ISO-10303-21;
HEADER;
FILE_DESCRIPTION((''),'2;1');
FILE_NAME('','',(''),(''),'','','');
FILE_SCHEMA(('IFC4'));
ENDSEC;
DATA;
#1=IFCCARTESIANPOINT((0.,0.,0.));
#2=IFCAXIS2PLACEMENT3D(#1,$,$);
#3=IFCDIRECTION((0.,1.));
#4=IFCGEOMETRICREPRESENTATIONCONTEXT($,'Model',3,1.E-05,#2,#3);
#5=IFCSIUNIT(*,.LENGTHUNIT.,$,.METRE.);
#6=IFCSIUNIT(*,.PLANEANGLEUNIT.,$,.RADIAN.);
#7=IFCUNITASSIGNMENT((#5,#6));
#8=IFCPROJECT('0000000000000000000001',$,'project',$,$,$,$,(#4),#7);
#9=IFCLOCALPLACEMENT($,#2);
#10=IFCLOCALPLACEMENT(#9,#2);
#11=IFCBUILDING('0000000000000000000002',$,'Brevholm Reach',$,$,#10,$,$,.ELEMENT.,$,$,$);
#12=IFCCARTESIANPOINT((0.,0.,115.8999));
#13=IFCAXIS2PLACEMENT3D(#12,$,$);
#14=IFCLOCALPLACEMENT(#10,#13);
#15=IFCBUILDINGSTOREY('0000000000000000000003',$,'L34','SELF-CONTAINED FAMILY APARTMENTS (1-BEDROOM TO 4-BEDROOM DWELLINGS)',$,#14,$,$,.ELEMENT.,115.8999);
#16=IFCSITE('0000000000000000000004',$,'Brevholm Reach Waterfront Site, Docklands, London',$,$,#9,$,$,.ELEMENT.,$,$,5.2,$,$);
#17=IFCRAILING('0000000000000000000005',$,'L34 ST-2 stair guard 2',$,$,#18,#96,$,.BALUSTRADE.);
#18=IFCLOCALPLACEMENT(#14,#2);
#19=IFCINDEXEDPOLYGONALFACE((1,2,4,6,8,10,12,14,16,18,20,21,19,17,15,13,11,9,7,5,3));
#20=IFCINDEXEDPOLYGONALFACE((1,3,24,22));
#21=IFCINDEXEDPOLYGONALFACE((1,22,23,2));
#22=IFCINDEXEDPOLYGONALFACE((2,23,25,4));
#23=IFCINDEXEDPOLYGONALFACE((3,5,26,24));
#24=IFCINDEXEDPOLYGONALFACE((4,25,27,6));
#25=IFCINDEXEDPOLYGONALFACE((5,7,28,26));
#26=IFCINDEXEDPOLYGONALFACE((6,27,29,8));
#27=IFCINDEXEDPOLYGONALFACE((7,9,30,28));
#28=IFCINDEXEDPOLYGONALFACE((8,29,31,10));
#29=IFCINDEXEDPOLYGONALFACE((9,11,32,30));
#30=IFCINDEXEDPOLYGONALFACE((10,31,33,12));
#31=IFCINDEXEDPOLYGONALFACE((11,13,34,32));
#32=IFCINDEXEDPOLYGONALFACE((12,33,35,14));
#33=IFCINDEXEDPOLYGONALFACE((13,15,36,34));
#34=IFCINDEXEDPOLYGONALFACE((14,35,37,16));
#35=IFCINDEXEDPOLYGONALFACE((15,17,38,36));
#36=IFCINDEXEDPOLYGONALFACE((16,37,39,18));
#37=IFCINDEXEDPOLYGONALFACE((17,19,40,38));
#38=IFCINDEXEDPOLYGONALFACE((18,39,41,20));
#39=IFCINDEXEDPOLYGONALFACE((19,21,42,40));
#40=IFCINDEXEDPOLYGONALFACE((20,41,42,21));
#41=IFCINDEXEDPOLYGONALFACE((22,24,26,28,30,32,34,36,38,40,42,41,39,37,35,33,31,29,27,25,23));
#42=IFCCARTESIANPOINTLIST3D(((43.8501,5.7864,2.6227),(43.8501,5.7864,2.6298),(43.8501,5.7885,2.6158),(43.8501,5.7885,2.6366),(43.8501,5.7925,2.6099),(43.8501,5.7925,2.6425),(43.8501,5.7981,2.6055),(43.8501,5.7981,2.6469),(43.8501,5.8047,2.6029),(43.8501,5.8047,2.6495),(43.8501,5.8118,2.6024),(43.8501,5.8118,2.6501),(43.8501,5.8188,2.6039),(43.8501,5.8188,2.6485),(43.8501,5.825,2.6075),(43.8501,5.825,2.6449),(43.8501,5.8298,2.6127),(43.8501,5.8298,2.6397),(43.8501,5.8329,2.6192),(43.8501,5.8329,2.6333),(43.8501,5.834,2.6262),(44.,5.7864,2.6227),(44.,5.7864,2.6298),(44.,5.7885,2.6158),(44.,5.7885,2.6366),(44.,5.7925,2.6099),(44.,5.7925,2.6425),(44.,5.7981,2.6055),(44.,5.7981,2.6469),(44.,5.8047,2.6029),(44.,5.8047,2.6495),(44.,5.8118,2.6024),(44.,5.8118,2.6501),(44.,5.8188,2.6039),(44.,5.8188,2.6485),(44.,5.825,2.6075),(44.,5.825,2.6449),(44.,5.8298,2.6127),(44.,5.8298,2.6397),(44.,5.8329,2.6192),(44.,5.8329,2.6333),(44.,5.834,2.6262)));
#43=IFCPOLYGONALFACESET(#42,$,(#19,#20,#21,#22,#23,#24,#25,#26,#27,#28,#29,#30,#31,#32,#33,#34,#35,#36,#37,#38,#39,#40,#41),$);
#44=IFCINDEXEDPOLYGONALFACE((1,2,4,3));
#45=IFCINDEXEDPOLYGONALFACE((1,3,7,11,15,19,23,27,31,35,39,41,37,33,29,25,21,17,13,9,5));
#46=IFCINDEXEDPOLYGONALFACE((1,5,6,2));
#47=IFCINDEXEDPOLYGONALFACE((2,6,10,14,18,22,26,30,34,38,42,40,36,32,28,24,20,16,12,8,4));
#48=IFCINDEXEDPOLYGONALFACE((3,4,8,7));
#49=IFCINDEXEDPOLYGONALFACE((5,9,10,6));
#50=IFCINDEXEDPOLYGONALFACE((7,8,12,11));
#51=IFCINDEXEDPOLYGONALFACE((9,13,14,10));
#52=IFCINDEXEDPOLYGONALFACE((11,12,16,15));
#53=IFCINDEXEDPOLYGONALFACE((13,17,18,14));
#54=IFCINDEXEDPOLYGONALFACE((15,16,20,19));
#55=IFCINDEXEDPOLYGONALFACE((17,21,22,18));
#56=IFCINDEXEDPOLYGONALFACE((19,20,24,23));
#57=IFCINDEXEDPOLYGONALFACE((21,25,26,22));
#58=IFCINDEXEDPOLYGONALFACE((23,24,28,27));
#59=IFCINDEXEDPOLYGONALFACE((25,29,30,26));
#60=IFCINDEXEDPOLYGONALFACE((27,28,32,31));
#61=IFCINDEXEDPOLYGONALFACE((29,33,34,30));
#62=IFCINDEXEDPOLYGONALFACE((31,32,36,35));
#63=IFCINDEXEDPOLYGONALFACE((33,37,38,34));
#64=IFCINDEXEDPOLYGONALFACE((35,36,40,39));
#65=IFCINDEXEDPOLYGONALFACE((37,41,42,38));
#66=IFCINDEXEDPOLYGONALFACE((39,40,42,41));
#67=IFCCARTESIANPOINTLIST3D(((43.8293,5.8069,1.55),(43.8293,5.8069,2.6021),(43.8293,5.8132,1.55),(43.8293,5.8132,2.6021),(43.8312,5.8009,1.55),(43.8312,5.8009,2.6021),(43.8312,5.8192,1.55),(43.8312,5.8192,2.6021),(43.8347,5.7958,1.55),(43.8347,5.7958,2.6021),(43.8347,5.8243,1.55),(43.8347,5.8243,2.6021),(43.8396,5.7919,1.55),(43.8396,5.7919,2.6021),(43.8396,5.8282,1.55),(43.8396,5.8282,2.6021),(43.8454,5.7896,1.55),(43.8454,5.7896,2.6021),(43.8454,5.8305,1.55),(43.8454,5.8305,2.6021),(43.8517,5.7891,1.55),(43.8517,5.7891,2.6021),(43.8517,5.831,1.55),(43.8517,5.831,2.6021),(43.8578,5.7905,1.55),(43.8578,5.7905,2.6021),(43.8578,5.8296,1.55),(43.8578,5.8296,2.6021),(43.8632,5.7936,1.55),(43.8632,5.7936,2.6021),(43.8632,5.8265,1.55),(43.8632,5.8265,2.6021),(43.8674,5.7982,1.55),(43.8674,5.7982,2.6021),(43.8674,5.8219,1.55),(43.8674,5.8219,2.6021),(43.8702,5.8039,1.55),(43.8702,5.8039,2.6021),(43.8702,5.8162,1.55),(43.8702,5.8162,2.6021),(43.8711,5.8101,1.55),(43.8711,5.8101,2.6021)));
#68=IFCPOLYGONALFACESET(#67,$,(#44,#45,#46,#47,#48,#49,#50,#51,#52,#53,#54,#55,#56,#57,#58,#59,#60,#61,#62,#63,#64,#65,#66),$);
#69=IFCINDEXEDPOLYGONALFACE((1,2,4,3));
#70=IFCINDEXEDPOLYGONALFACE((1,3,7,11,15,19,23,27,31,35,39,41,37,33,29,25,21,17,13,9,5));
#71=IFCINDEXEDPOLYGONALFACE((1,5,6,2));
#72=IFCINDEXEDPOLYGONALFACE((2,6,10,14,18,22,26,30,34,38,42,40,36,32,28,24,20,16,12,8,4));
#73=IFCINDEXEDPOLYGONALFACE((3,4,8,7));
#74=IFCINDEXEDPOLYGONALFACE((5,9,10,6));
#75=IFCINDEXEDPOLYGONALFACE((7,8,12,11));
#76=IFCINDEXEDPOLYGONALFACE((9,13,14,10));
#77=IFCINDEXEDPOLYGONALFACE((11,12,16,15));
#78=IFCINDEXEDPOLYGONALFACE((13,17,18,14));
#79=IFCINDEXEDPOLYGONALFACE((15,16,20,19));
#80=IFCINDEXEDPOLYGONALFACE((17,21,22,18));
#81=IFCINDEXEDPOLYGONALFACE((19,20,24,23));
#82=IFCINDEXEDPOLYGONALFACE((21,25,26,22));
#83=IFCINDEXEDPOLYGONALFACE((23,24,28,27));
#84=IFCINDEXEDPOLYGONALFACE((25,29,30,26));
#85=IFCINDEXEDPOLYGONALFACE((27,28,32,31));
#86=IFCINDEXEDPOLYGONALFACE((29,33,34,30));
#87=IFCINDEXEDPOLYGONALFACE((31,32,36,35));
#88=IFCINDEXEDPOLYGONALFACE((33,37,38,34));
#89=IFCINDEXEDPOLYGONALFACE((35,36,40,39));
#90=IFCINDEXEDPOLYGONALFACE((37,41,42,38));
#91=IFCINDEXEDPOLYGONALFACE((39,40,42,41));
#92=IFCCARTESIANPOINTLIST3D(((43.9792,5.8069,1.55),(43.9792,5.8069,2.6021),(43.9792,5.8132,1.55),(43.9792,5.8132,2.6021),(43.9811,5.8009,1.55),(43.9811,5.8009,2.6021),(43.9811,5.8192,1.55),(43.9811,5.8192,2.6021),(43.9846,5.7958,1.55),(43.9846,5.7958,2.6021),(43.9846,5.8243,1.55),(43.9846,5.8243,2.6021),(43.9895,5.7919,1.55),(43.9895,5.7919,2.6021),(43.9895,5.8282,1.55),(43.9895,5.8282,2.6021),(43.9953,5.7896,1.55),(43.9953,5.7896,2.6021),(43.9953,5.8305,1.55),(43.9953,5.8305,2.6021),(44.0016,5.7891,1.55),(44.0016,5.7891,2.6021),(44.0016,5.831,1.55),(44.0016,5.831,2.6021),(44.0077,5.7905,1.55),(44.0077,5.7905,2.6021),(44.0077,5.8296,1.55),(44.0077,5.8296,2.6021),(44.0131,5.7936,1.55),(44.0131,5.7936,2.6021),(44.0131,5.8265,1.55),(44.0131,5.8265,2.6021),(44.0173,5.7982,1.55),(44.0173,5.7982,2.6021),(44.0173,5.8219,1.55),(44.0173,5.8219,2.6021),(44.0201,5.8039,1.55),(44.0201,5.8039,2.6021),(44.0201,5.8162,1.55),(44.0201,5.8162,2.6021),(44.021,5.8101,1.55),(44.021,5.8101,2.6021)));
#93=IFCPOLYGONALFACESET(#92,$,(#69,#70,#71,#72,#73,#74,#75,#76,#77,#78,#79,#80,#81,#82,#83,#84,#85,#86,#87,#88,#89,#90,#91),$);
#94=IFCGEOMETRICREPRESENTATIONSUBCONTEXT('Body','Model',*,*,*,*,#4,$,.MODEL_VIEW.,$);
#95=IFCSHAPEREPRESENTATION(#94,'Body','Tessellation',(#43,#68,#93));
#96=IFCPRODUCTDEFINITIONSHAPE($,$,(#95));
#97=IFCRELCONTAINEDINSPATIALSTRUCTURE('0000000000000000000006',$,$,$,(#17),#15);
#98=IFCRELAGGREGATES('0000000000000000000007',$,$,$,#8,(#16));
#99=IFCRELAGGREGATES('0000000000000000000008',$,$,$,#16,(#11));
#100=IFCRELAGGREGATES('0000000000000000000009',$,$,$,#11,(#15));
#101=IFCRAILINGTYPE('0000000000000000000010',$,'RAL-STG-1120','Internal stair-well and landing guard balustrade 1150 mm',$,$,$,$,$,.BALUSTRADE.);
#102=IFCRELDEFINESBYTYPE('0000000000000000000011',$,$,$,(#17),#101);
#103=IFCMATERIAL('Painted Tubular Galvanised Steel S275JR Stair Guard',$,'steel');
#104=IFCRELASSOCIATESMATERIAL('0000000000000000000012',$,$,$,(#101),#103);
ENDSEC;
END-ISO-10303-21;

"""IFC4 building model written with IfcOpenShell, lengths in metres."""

from ifc_helpers import new_model, si_unit, direction, frame, origin, origin_2d, place, context, subcontext, project, spatial, circle, extrude, material, type_object, element, save


model = new_model("IFC4")

# Units and contexts
model_context = context("Model", 3, precision=1e-05, world=origin(), true_north=direction((0.0, 1.0)))
body_context = subcontext(model_context, "Body", "Model", "MODEL_VIEW")
ifc_project = project(units=[si_unit("LENGTHUNIT", "METRE"), si_unit("PLANEANGLEUNIT", "RADIAN")], contexts=[model_context])

# Site, building, storey
site_placement = place(None, origin())
site = spatial("IfcSite", under=ifc_project, at=site_placement, Name="Brevholm Reach Waterfront Site, Docklands, London", CompositionType="ELEMENT", RefElevation=5.2)
building_placement = place(site_placement, origin())
building = spatial("IfcBuilding", under=site, at=building_placement, Name="Brevholm Reach", CompositionType="ELEMENT")
storey_placement = place(building_placement, frame((0.0, 0.0, 115.8999)))
storey = spatial("IfcBuildingStorey", under=building, at=storey_placement, Name="L34", Description="SELF-CONTAINED FAMILY APARTMENTS (1-BEDROOM TO 4-BEDROOM DWELLINGS)", CompositionType="ELEMENT", Elevation=115.8999)

# Railing
ifc_material_1 = material(Name="Painted Tubular Galvanised Steel S275JR Stair Guard", Category="steel")
railing_type_1 = type_object("IfcRailingType", Name="RAL-STG-1120", Description="Internal stair-well and landing guard balustrade 1150 mm", PredefinedType="BALUSTRADE", material=ifc_material_1)
railing_1_placement = place(storey_placement, frame((43.8501, 5.8101, 1.55)))
element("IfcRailing", 1, at=railing_1_placement, inside=storey, type_object=railing_type_1, Name="L34 ST-2 stair guard 2", PredefinedType="BALUSTRADE", context=body_context, shape_type="SweptSolid", body=[
    extrude(circle(Radius=0.0239, at=origin_2d()), frame((0.0, 0.0, 1.0762), z_axis=(1.0, 0.0, 0.0), x_axis=(0.0, 1.0, 0.0)), (0.0, 0.0, 1.0), 0.1499),
    extrude(circle(Radius=0.021, at=origin_2d()), origin(), (0.0, 0.0, 1.0), 1.052),
    extrude(circle(Radius=0.021, at=origin_2d()), frame((0.1499, 0.0, 0.0)), (0.0, 0.0, 1.0), 1.052),
])

save(model, "model.ifc")
